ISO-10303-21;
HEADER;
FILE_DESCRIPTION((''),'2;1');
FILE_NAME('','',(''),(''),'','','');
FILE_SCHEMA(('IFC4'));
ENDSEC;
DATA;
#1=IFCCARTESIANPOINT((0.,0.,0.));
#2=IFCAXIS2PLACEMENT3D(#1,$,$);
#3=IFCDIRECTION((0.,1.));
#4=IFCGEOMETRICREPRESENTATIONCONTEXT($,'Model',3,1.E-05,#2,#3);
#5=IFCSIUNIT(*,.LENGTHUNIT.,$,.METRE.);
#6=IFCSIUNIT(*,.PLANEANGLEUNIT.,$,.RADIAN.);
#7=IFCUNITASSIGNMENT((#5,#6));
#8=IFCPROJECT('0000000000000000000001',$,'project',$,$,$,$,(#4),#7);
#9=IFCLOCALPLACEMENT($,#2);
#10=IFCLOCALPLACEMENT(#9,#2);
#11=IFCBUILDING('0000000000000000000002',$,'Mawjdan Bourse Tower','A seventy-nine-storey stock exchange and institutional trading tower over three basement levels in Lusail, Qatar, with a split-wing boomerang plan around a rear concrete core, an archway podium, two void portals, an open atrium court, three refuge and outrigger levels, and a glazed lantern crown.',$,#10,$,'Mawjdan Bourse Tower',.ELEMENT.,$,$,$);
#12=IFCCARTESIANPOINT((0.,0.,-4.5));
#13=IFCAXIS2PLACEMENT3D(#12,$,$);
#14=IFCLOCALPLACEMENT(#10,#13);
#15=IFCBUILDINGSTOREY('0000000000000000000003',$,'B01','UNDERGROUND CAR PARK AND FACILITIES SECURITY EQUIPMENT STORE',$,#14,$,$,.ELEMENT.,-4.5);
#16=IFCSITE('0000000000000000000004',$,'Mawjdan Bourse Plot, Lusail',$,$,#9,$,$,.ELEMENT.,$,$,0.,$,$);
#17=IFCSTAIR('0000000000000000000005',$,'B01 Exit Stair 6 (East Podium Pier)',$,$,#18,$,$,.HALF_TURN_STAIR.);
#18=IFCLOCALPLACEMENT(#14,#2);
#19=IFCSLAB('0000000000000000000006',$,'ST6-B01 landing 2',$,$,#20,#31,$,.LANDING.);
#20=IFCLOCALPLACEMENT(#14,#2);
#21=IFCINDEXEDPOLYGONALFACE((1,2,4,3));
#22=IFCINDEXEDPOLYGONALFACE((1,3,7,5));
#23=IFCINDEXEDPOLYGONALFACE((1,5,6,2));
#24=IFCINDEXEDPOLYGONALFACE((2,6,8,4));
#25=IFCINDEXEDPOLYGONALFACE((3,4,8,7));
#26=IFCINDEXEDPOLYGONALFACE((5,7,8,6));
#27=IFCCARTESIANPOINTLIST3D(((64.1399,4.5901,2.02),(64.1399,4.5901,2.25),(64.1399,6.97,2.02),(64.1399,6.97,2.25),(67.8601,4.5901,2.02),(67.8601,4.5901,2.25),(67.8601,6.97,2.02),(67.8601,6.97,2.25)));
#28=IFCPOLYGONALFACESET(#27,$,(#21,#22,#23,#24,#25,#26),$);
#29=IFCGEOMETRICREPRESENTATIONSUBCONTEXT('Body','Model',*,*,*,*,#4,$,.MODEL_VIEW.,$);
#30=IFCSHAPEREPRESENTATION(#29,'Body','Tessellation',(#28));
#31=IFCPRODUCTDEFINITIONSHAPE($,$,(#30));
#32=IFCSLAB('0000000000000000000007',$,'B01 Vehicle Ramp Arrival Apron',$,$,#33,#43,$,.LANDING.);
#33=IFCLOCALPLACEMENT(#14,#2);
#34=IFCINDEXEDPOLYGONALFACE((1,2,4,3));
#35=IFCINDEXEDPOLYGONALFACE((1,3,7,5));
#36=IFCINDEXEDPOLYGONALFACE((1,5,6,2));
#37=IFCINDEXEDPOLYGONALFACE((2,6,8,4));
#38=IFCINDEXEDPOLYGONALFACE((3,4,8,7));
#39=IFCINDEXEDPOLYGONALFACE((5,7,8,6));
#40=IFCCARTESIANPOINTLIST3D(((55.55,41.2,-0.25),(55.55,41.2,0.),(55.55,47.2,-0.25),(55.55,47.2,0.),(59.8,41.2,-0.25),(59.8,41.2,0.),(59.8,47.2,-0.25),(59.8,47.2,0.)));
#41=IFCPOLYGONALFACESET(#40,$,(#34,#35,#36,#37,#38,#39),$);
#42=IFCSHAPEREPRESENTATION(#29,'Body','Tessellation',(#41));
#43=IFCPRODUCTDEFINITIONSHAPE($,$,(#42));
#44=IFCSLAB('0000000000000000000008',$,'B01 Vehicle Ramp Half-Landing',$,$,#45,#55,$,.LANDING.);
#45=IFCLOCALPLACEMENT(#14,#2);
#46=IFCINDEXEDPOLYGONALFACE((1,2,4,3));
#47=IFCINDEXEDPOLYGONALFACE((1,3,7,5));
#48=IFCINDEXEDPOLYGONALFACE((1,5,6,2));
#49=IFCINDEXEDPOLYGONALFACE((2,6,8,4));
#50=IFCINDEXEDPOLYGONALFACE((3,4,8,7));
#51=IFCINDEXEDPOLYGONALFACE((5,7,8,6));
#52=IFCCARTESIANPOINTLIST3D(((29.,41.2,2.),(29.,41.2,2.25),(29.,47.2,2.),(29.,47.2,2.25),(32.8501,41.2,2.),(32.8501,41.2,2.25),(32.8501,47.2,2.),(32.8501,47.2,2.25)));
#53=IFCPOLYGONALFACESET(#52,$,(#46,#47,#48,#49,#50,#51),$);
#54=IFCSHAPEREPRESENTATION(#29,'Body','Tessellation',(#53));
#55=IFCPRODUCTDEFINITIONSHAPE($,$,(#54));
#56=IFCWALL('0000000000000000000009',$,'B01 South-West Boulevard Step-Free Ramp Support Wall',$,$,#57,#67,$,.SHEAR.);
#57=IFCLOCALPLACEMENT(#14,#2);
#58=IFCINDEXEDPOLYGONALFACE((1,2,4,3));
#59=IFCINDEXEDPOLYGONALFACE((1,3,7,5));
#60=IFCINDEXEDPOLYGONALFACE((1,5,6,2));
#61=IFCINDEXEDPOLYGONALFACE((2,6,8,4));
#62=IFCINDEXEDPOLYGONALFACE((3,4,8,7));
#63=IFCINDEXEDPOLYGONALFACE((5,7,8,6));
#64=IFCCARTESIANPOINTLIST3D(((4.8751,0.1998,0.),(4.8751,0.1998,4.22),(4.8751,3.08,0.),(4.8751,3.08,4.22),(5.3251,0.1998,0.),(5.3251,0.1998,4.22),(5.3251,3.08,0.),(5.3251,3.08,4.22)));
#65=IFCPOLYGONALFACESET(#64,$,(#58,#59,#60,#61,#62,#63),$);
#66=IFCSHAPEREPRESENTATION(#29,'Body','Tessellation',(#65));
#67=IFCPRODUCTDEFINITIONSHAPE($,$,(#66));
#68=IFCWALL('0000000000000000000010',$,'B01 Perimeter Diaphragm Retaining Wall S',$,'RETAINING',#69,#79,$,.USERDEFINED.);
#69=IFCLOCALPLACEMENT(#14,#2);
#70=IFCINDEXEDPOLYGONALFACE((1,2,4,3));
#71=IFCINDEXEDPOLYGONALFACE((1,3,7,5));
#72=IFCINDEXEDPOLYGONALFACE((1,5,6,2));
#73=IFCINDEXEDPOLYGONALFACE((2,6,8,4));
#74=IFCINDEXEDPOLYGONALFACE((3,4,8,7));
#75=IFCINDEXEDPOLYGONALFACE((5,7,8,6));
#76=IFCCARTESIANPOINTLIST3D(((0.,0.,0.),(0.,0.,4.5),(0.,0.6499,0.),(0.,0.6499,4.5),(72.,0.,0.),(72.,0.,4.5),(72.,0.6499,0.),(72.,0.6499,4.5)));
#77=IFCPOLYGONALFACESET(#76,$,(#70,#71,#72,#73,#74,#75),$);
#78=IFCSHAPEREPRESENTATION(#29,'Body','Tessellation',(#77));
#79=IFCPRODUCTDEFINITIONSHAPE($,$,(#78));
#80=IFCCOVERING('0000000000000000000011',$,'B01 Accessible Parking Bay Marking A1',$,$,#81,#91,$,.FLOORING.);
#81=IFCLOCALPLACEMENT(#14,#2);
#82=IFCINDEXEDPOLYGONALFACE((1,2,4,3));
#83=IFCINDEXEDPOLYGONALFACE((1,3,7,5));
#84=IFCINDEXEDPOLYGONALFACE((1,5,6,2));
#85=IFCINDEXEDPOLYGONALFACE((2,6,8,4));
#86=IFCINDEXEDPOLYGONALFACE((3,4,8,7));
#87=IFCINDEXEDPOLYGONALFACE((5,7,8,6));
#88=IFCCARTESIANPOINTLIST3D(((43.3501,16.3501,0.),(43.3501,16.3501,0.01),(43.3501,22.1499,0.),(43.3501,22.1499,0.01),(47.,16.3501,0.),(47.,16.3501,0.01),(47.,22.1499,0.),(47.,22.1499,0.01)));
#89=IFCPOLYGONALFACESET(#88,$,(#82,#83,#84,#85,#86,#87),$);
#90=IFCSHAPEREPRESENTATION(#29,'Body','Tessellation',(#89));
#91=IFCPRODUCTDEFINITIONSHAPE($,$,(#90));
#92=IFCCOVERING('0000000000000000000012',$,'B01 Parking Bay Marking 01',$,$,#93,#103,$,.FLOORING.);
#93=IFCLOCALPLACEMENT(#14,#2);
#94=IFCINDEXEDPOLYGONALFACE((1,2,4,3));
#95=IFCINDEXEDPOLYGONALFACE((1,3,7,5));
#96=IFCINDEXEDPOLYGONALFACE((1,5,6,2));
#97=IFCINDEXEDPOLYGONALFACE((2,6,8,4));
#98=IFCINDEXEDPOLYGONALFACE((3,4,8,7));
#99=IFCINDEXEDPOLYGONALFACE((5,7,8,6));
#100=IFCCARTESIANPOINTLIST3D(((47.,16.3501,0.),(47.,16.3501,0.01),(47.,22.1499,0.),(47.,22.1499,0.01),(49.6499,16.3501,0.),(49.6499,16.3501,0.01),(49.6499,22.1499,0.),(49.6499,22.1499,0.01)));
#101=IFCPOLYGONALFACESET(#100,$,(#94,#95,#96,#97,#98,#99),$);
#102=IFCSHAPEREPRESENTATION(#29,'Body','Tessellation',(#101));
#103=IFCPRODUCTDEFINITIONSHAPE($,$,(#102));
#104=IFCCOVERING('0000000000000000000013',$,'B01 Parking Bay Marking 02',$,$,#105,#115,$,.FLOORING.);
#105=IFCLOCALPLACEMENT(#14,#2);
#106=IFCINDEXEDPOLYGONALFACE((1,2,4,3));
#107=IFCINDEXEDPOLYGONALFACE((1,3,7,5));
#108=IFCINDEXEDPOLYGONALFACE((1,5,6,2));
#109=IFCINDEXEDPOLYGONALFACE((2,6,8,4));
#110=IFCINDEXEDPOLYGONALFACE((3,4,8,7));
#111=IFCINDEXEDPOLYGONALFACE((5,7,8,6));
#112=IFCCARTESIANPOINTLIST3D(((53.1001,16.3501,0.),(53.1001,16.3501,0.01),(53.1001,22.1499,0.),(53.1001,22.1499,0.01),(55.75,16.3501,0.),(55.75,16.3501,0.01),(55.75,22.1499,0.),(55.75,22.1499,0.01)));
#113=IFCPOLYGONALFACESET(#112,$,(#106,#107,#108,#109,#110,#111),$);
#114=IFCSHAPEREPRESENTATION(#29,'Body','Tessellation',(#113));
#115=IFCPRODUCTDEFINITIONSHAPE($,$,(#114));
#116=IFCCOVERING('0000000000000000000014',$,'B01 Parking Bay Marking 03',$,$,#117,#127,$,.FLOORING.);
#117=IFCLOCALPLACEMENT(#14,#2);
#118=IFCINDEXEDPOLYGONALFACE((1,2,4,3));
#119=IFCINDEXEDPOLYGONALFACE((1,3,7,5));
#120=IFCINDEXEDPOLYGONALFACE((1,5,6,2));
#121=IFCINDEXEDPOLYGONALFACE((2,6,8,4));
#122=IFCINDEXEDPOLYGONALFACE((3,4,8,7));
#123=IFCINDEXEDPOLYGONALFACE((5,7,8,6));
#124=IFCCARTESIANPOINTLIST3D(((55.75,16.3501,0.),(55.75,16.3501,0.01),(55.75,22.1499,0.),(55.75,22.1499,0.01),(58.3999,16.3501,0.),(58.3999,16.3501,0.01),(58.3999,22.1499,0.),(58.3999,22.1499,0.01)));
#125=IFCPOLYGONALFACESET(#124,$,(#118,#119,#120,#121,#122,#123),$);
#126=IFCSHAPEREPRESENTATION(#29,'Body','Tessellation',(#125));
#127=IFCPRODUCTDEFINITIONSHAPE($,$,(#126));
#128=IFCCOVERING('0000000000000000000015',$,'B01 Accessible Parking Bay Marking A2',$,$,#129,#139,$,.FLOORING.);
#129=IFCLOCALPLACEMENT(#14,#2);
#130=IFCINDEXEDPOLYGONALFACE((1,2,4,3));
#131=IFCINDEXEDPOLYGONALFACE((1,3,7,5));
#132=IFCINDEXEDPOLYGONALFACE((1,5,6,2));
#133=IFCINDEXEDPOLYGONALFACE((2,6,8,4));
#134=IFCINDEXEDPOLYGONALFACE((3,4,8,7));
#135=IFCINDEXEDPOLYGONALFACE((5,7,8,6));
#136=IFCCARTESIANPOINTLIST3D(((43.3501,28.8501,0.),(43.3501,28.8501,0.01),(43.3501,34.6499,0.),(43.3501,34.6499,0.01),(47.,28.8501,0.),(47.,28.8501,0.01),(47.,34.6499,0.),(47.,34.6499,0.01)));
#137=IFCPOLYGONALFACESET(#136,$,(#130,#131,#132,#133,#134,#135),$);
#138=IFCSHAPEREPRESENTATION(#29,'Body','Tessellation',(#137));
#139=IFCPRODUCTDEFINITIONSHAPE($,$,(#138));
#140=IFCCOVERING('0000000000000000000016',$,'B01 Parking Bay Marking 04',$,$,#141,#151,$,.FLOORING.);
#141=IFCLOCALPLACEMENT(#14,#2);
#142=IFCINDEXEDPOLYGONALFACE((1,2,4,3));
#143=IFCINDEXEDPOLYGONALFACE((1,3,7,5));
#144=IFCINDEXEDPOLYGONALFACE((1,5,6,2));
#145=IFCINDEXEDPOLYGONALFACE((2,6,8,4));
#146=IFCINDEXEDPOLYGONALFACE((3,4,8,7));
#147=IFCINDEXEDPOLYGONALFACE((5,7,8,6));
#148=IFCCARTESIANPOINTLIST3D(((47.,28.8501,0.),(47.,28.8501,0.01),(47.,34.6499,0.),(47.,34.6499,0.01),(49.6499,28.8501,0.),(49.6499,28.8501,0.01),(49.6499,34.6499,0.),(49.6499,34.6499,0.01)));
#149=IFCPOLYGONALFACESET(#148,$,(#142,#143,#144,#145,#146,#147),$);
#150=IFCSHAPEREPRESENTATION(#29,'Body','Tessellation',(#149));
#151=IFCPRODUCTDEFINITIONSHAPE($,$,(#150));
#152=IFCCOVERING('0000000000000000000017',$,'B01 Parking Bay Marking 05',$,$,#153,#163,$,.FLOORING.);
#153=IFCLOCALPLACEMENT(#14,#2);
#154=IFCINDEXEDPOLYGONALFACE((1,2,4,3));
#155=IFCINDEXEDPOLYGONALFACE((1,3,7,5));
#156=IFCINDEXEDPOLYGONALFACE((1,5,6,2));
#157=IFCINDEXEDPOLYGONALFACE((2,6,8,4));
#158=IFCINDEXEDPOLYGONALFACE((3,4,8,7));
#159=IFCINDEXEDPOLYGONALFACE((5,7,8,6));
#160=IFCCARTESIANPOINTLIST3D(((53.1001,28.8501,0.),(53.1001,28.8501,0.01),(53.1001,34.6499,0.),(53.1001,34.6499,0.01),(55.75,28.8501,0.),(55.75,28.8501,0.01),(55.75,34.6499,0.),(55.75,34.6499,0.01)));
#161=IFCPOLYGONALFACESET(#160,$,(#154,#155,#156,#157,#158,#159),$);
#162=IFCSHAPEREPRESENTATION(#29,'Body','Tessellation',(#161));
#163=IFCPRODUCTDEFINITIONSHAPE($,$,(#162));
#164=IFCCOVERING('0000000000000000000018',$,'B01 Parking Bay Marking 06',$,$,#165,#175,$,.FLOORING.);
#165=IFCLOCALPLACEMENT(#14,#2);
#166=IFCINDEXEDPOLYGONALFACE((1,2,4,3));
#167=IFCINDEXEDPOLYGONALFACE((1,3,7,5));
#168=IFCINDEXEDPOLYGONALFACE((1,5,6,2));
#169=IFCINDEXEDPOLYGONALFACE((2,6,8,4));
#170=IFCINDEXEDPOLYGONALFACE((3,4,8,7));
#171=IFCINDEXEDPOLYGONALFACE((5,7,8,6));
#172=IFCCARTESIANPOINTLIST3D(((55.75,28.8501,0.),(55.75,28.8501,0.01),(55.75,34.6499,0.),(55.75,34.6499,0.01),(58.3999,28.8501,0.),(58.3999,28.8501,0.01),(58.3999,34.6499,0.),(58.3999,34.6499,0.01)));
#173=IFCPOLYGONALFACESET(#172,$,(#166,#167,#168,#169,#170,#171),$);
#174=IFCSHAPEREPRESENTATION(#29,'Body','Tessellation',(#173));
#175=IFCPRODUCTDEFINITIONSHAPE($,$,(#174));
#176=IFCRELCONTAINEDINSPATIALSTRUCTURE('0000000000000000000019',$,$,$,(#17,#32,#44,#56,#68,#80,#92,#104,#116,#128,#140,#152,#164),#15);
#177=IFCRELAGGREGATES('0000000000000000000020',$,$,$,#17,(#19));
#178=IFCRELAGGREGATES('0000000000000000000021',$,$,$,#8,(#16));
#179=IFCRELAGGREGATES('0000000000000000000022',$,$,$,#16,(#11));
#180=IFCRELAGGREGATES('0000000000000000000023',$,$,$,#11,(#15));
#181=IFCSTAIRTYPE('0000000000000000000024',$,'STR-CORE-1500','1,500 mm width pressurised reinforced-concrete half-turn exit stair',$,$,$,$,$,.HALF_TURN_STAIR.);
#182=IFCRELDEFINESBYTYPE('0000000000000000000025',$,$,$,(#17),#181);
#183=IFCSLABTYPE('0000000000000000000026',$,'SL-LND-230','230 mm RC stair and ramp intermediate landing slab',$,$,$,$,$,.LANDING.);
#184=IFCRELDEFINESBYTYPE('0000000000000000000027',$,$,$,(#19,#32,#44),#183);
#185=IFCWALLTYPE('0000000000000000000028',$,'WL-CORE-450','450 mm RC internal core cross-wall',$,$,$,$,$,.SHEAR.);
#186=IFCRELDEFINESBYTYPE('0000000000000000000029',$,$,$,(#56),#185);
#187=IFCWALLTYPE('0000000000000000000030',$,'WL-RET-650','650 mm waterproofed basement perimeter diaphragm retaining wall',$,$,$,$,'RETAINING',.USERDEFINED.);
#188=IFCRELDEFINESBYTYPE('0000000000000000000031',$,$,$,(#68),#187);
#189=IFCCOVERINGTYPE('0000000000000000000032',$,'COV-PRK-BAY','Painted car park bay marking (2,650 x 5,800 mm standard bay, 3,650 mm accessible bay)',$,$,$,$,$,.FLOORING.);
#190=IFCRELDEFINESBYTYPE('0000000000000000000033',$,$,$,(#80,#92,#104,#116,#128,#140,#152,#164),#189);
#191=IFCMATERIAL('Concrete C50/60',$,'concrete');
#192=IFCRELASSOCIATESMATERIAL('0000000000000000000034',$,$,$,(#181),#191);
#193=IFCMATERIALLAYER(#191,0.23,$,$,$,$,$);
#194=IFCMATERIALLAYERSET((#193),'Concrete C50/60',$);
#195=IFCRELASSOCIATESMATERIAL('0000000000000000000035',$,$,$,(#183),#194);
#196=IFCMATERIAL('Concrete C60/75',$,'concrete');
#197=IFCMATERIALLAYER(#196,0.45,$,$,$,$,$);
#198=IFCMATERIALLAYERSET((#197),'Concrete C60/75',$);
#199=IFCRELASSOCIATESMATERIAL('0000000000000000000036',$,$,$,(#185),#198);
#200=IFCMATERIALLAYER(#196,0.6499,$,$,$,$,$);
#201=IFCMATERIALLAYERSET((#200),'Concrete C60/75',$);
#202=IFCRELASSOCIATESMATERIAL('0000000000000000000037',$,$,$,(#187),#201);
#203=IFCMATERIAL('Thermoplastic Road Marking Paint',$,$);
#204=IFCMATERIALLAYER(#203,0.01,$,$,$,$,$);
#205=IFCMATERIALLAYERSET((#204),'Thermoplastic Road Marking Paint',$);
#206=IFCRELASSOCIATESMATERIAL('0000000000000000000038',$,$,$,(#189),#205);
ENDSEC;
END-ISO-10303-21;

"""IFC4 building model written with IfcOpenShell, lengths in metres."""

from ifc_helpers import new_model, si_unit, direction, frame, frame_2d, origin, place, context, subcontext, project, spatial, polyline, rectangle, outline, extrude, material, layer, layer_set, type_object, element, aggregate, save


model = new_model("IFC4")

# Units and contexts
model_context = context("Model", 3, precision=1e-05, world=origin(), true_north=direction((0.0, 1.0)))
body_context = subcontext(model_context, "Body", "Model", "MODEL_VIEW")
ifc_project = project(units=[si_unit("LENGTHUNIT", "METRE"), si_unit("PLANEANGLEUNIT", "RADIAN")], contexts=[model_context])

# Site, building, storey
site_placement = place(None, origin())
site = spatial("IfcSite", under=ifc_project, at=site_placement, Name="Mawjdan Bourse Plot, Lusail", CompositionType="ELEMENT", RefElevation=0.0)
building_placement = place(site_placement, origin())
building = spatial("IfcBuilding", under=site, at=building_placement, Name="Mawjdan Bourse Tower", Description="A seventy-nine-storey stock exchange and institutional trading tower over three basement levels in Lusail, Qatar, with a split-wing boomerang plan around a rear concrete core, an archway podium, two void portals, an open atrium court, three refuge and outrigger levels, and a glazed lantern crown.", LongName="Mawjdan Bourse Tower", CompositionType="ELEMENT")
storey_placement = place(building_placement, frame((0.0, 0.0, -4.5)))
storey = spatial("IfcBuildingStorey", under=building, at=storey_placement, Name="B01", Description="UNDERGROUND CAR PARK AND FACILITIES SECURITY EQUIPMENT STORE", CompositionType="ELEMENT", Elevation=-4.5)

# Shared definitions
ifc_material_1 = material(Name="Concrete C60/75", Category="concrete")

# Shared definitions
ifc_material_2 = material(Name="Concrete C50/60", Category="concrete")

# Stair, slab
stair_type = type_object("IfcStairType", Name="STR-CORE-1500", Description="1,500 mm width pressurised reinforced-concrete half-turn exit stair", PredefinedType="HALF_TURN_STAIR", material=ifc_material_2)
ifc_layer_1 = layer(ifc_material_2, 0.23)
ifc_layer_set_1 = layer_set([ifc_layer_1], Name="Concrete C50/60")
slab_type_1 = type_object("IfcSlabType", Name="SL-LND-230", Description="230 mm RC stair and ramp intermediate landing slab", PredefinedType="LANDING", material=ifc_layer_set_1)
stair_1_placement = place(storey_placement, origin())
stair_1 = element("IfcStair", 1, at=stair_1_placement, inside=storey, type_object=stair_type, Name="B01 Exit Stair 6 (East Podium Pier)", PredefinedType="HALF_TURN_STAIR")
slab_1_placement = place(storey_placement, frame((0.0, 0.0, 2.02)))
slab_1 = element("IfcSlab", 2, at=slab_1_placement, type_object=slab_type_1, Name="ST6-B01 landing 2", PredefinedType="LANDING", context=body_context, shape_type="SweptSolid", body=[
    extrude(outline(polyline([(64.1399, 4.5901), (67.8601, 4.5901), (67.8601, 6.97), (64.1399, 6.97), (64.1399, 4.5901)])), origin(), (0.0, 0.0, 1.0), 0.23),
])
aggregate(stair_1, [slab_1])

# Slabs
slab_2_placement = place(storey_placement, frame((0.0, 0.0, -0.25)))
element("IfcSlab", 3, at=slab_2_placement, inside=storey, type_object=slab_type_1, Name="B01 Vehicle Ramp Arrival Apron", PredefinedType="LANDING", context=body_context, shape_type="SweptSolid", body=[
    extrude(outline(polyline([(55.55, 41.2), (59.8, 41.2), (59.8, 47.2), (55.55, 47.2), (55.55, 41.2)])), origin(), (0.0, 0.0, 1.0), 0.25),
])
slab_3_placement = place(storey_placement, frame((0.0, 0.0, 2.0)))
element("IfcSlab", 4, at=slab_3_placement, inside=storey, type_object=slab_type_1, Name="B01 Vehicle Ramp Half-Landing", PredefinedType="LANDING", context=body_context, shape_type="SweptSolid", body=[
    extrude(outline(polyline([(29.0, 41.2), (32.8501, 41.2), (32.8501, 47.2), (29.0, 47.2), (29.0, 41.2)])), origin(), (0.0, 0.0, 1.0), 0.25),
])

# Walls
ifc_layer_2 = layer(ifc_material_1, 0.45)
ifc_layer_set_2 = layer_set([ifc_layer_2], Name="Concrete C60/75")
wall_type_1 = type_object("IfcWallType", Name="WL-CORE-450", Description="450 mm RC internal core cross-wall", PredefinedType="SHEAR", material=ifc_layer_set_2)
wall_1_placement = place(storey_placement, frame((5.1001, 0.2, 0.0), z_axis=(0.0, 0.0, 1.0), x_axis=(0.0, 1.0, 0.0)))
element("IfcWall", 5, at=wall_1_placement, inside=storey, type_object=wall_type_1, Name="B01 South-West Boulevard Step-Free Ramp Support Wall", PredefinedType="SHEAR", context=body_context, shape_type="SweptSolid", body=[
    extrude(rectangle(XDim=2.8801, YDim=0.45, at=frame_2d((1.4399, 0.0))), origin(), (0.0, 0.0, 1.0), 4.22),
])
ifc_layer_3 = layer(ifc_material_1, 0.6499)
ifc_layer_set_3 = layer_set([ifc_layer_3], Name="Concrete C60/75")
wall_type_2 = type_object("IfcWallType", Name="WL-RET-650", Description="650 mm waterproofed basement perimeter diaphragm retaining wall", ElementType="RETAINING", PredefinedType="USERDEFINED", material=ifc_layer_set_3)
wall_2_placement = place(storey_placement, frame((0.0, 0.325, 0.0), z_axis=(0.0, 0.0, 1.0), x_axis=(1.0, 0.0, 0.0)))
element("IfcWall", 6, at=wall_2_placement, inside=storey, type_object=wall_type_2, Name="B01 Perimeter Diaphragm Retaining Wall S", ObjectType="RETAINING", PredefinedType="USERDEFINED", context=body_context, shape_type="SweptSolid", body=[
    extrude(rectangle(XDim=72.0, YDim=0.6499, at=frame_2d((36.0, 0.0))), origin(), (0.0, 0.0, 1.0), 4.5),
])

# Coverings
ifc_material_3 = material(Name="Thermoplastic Road Marking Paint")
ifc_layer_4 = layer(ifc_material_3, 0.01)
ifc_layer_set_4 = layer_set([ifc_layer_4], Name="Thermoplastic Road Marking Paint")
covering_type = type_object("IfcCoveringType", Name="COV-PRK-BAY", Description="Painted car park bay marking (2,650 x 5,800 mm standard bay, 3,650 mm accessible bay)", PredefinedType="FLOORING", material=ifc_layer_set_4)
covering_1_placement = place(storey_placement, origin())
element("IfcCovering", 7, at=covering_1_placement, inside=storey, type_object=covering_type, Name="B01 Accessible Parking Bay Marking A1", PredefinedType="FLOORING", context=body_context, shape_type="SweptSolid", body=[
    extrude(outline(polyline([(43.3501, 16.3501), (47.0, 16.3501), (47.0, 22.1499), (43.3501, 22.1499), (43.3501, 16.3501)])), origin(), (0.0, 0.0, 1.0), 0.01),
])
covering_2_placement = place(storey_placement, origin())
element("IfcCovering", 8, at=covering_2_placement, inside=storey, type_object=covering_type, Name="B01 Parking Bay Marking 01", PredefinedType="FLOORING", context=body_context, shape_type="SweptSolid", body=[
    extrude(outline(polyline([(47.0, 16.3501), (49.6499, 16.3501), (49.6499, 22.1499), (47.0, 22.1499), (47.0, 16.3501)])), origin(), (0.0, 0.0, 1.0), 0.01),
])
covering_3_placement = place(storey_placement, origin())
element("IfcCovering", 9, at=covering_3_placement, inside=storey, type_object=covering_type, Name="B01 Parking Bay Marking 02", PredefinedType="FLOORING", context=body_context, shape_type="SweptSolid", body=[
    extrude(outline(polyline([(53.1001, 16.3501), (55.75, 16.3501), (55.75, 22.1499), (53.1001, 22.1499), (53.1001, 16.3501)])), origin(), (0.0, 0.0, 1.0), 0.01),
])
covering_4_placement = place(storey_placement, origin())
element("IfcCovering", 10, at=covering_4_placement, inside=storey, type_object=covering_type, Name="B01 Parking Bay Marking 03", PredefinedType="FLOORING", context=body_context, shape_type="SweptSolid", body=[
    extrude(outline(polyline([(55.75, 16.3501), (58.3999, 16.3501), (58.3999, 22.1499), (55.75, 22.1499), (55.75, 16.3501)])), origin(), (0.0, 0.0, 1.0), 0.01),
])
covering_5_placement = place(storey_placement, origin())
element("IfcCovering", 11, at=covering_5_placement, inside=storey, type_object=covering_type, Name="B01 Accessible Parking Bay Marking A2", PredefinedType="FLOORING", context=body_context, shape_type="SweptSolid", body=[
    extrude(outline(polyline([(43.3501, 28.8501), (47.0, 28.8501), (47.0, 34.6499), (43.3501, 34.6499), (43.3501, 28.8501)])), origin(), (0.0, 0.0, 1.0), 0.01),
])
covering_6_placement = place(storey_placement, origin())
element("IfcCovering", 12, at=covering_6_placement, inside=storey, type_object=covering_type, Name="B01 Parking Bay Marking 04", PredefinedType="FLOORING", context=body_context, shape_type="SweptSolid", body=[
    extrude(outline(polyline([(47.0, 28.8501), (49.6499, 28.8501), (49.6499, 34.6499), (47.0, 34.6499), (47.0, 28.8501)])), origin(), (0.0, 0.0, 1.0), 0.01),
])
covering_7_placement = place(storey_placement, origin())
element("IfcCovering", 13, at=covering_7_placement, inside=storey, type_object=covering_type, Name="B01 Parking Bay Marking 05", PredefinedType="FLOORING", context=body_context, shape_type="SweptSolid", body=[
    extrude(outline(polyline([(53.1001, 28.8501), (55.75, 28.8501), (55.75, 34.6499), (53.1001, 34.6499), (53.1001, 28.8501)])), origin(), (0.0, 0.0, 1.0), 0.01),
])
covering_8_placement = place(storey_placement, origin())
element("IfcCovering", 14, at=covering_8_placement, inside=storey, type_object=covering_type, Name="B01 Parking Bay Marking 06", PredefinedType="FLOORING", context=body_context, shape_type="SweptSolid", body=[
    extrude(outline(polyline([(55.75, 28.8501), (58.3999, 28.8501), (58.3999, 34.6499), (55.75, 34.6499), (55.75, 28.8501)])), origin(), (0.0, 0.0, 1.0), 0.01),
])

save(model, "model.ifc")
